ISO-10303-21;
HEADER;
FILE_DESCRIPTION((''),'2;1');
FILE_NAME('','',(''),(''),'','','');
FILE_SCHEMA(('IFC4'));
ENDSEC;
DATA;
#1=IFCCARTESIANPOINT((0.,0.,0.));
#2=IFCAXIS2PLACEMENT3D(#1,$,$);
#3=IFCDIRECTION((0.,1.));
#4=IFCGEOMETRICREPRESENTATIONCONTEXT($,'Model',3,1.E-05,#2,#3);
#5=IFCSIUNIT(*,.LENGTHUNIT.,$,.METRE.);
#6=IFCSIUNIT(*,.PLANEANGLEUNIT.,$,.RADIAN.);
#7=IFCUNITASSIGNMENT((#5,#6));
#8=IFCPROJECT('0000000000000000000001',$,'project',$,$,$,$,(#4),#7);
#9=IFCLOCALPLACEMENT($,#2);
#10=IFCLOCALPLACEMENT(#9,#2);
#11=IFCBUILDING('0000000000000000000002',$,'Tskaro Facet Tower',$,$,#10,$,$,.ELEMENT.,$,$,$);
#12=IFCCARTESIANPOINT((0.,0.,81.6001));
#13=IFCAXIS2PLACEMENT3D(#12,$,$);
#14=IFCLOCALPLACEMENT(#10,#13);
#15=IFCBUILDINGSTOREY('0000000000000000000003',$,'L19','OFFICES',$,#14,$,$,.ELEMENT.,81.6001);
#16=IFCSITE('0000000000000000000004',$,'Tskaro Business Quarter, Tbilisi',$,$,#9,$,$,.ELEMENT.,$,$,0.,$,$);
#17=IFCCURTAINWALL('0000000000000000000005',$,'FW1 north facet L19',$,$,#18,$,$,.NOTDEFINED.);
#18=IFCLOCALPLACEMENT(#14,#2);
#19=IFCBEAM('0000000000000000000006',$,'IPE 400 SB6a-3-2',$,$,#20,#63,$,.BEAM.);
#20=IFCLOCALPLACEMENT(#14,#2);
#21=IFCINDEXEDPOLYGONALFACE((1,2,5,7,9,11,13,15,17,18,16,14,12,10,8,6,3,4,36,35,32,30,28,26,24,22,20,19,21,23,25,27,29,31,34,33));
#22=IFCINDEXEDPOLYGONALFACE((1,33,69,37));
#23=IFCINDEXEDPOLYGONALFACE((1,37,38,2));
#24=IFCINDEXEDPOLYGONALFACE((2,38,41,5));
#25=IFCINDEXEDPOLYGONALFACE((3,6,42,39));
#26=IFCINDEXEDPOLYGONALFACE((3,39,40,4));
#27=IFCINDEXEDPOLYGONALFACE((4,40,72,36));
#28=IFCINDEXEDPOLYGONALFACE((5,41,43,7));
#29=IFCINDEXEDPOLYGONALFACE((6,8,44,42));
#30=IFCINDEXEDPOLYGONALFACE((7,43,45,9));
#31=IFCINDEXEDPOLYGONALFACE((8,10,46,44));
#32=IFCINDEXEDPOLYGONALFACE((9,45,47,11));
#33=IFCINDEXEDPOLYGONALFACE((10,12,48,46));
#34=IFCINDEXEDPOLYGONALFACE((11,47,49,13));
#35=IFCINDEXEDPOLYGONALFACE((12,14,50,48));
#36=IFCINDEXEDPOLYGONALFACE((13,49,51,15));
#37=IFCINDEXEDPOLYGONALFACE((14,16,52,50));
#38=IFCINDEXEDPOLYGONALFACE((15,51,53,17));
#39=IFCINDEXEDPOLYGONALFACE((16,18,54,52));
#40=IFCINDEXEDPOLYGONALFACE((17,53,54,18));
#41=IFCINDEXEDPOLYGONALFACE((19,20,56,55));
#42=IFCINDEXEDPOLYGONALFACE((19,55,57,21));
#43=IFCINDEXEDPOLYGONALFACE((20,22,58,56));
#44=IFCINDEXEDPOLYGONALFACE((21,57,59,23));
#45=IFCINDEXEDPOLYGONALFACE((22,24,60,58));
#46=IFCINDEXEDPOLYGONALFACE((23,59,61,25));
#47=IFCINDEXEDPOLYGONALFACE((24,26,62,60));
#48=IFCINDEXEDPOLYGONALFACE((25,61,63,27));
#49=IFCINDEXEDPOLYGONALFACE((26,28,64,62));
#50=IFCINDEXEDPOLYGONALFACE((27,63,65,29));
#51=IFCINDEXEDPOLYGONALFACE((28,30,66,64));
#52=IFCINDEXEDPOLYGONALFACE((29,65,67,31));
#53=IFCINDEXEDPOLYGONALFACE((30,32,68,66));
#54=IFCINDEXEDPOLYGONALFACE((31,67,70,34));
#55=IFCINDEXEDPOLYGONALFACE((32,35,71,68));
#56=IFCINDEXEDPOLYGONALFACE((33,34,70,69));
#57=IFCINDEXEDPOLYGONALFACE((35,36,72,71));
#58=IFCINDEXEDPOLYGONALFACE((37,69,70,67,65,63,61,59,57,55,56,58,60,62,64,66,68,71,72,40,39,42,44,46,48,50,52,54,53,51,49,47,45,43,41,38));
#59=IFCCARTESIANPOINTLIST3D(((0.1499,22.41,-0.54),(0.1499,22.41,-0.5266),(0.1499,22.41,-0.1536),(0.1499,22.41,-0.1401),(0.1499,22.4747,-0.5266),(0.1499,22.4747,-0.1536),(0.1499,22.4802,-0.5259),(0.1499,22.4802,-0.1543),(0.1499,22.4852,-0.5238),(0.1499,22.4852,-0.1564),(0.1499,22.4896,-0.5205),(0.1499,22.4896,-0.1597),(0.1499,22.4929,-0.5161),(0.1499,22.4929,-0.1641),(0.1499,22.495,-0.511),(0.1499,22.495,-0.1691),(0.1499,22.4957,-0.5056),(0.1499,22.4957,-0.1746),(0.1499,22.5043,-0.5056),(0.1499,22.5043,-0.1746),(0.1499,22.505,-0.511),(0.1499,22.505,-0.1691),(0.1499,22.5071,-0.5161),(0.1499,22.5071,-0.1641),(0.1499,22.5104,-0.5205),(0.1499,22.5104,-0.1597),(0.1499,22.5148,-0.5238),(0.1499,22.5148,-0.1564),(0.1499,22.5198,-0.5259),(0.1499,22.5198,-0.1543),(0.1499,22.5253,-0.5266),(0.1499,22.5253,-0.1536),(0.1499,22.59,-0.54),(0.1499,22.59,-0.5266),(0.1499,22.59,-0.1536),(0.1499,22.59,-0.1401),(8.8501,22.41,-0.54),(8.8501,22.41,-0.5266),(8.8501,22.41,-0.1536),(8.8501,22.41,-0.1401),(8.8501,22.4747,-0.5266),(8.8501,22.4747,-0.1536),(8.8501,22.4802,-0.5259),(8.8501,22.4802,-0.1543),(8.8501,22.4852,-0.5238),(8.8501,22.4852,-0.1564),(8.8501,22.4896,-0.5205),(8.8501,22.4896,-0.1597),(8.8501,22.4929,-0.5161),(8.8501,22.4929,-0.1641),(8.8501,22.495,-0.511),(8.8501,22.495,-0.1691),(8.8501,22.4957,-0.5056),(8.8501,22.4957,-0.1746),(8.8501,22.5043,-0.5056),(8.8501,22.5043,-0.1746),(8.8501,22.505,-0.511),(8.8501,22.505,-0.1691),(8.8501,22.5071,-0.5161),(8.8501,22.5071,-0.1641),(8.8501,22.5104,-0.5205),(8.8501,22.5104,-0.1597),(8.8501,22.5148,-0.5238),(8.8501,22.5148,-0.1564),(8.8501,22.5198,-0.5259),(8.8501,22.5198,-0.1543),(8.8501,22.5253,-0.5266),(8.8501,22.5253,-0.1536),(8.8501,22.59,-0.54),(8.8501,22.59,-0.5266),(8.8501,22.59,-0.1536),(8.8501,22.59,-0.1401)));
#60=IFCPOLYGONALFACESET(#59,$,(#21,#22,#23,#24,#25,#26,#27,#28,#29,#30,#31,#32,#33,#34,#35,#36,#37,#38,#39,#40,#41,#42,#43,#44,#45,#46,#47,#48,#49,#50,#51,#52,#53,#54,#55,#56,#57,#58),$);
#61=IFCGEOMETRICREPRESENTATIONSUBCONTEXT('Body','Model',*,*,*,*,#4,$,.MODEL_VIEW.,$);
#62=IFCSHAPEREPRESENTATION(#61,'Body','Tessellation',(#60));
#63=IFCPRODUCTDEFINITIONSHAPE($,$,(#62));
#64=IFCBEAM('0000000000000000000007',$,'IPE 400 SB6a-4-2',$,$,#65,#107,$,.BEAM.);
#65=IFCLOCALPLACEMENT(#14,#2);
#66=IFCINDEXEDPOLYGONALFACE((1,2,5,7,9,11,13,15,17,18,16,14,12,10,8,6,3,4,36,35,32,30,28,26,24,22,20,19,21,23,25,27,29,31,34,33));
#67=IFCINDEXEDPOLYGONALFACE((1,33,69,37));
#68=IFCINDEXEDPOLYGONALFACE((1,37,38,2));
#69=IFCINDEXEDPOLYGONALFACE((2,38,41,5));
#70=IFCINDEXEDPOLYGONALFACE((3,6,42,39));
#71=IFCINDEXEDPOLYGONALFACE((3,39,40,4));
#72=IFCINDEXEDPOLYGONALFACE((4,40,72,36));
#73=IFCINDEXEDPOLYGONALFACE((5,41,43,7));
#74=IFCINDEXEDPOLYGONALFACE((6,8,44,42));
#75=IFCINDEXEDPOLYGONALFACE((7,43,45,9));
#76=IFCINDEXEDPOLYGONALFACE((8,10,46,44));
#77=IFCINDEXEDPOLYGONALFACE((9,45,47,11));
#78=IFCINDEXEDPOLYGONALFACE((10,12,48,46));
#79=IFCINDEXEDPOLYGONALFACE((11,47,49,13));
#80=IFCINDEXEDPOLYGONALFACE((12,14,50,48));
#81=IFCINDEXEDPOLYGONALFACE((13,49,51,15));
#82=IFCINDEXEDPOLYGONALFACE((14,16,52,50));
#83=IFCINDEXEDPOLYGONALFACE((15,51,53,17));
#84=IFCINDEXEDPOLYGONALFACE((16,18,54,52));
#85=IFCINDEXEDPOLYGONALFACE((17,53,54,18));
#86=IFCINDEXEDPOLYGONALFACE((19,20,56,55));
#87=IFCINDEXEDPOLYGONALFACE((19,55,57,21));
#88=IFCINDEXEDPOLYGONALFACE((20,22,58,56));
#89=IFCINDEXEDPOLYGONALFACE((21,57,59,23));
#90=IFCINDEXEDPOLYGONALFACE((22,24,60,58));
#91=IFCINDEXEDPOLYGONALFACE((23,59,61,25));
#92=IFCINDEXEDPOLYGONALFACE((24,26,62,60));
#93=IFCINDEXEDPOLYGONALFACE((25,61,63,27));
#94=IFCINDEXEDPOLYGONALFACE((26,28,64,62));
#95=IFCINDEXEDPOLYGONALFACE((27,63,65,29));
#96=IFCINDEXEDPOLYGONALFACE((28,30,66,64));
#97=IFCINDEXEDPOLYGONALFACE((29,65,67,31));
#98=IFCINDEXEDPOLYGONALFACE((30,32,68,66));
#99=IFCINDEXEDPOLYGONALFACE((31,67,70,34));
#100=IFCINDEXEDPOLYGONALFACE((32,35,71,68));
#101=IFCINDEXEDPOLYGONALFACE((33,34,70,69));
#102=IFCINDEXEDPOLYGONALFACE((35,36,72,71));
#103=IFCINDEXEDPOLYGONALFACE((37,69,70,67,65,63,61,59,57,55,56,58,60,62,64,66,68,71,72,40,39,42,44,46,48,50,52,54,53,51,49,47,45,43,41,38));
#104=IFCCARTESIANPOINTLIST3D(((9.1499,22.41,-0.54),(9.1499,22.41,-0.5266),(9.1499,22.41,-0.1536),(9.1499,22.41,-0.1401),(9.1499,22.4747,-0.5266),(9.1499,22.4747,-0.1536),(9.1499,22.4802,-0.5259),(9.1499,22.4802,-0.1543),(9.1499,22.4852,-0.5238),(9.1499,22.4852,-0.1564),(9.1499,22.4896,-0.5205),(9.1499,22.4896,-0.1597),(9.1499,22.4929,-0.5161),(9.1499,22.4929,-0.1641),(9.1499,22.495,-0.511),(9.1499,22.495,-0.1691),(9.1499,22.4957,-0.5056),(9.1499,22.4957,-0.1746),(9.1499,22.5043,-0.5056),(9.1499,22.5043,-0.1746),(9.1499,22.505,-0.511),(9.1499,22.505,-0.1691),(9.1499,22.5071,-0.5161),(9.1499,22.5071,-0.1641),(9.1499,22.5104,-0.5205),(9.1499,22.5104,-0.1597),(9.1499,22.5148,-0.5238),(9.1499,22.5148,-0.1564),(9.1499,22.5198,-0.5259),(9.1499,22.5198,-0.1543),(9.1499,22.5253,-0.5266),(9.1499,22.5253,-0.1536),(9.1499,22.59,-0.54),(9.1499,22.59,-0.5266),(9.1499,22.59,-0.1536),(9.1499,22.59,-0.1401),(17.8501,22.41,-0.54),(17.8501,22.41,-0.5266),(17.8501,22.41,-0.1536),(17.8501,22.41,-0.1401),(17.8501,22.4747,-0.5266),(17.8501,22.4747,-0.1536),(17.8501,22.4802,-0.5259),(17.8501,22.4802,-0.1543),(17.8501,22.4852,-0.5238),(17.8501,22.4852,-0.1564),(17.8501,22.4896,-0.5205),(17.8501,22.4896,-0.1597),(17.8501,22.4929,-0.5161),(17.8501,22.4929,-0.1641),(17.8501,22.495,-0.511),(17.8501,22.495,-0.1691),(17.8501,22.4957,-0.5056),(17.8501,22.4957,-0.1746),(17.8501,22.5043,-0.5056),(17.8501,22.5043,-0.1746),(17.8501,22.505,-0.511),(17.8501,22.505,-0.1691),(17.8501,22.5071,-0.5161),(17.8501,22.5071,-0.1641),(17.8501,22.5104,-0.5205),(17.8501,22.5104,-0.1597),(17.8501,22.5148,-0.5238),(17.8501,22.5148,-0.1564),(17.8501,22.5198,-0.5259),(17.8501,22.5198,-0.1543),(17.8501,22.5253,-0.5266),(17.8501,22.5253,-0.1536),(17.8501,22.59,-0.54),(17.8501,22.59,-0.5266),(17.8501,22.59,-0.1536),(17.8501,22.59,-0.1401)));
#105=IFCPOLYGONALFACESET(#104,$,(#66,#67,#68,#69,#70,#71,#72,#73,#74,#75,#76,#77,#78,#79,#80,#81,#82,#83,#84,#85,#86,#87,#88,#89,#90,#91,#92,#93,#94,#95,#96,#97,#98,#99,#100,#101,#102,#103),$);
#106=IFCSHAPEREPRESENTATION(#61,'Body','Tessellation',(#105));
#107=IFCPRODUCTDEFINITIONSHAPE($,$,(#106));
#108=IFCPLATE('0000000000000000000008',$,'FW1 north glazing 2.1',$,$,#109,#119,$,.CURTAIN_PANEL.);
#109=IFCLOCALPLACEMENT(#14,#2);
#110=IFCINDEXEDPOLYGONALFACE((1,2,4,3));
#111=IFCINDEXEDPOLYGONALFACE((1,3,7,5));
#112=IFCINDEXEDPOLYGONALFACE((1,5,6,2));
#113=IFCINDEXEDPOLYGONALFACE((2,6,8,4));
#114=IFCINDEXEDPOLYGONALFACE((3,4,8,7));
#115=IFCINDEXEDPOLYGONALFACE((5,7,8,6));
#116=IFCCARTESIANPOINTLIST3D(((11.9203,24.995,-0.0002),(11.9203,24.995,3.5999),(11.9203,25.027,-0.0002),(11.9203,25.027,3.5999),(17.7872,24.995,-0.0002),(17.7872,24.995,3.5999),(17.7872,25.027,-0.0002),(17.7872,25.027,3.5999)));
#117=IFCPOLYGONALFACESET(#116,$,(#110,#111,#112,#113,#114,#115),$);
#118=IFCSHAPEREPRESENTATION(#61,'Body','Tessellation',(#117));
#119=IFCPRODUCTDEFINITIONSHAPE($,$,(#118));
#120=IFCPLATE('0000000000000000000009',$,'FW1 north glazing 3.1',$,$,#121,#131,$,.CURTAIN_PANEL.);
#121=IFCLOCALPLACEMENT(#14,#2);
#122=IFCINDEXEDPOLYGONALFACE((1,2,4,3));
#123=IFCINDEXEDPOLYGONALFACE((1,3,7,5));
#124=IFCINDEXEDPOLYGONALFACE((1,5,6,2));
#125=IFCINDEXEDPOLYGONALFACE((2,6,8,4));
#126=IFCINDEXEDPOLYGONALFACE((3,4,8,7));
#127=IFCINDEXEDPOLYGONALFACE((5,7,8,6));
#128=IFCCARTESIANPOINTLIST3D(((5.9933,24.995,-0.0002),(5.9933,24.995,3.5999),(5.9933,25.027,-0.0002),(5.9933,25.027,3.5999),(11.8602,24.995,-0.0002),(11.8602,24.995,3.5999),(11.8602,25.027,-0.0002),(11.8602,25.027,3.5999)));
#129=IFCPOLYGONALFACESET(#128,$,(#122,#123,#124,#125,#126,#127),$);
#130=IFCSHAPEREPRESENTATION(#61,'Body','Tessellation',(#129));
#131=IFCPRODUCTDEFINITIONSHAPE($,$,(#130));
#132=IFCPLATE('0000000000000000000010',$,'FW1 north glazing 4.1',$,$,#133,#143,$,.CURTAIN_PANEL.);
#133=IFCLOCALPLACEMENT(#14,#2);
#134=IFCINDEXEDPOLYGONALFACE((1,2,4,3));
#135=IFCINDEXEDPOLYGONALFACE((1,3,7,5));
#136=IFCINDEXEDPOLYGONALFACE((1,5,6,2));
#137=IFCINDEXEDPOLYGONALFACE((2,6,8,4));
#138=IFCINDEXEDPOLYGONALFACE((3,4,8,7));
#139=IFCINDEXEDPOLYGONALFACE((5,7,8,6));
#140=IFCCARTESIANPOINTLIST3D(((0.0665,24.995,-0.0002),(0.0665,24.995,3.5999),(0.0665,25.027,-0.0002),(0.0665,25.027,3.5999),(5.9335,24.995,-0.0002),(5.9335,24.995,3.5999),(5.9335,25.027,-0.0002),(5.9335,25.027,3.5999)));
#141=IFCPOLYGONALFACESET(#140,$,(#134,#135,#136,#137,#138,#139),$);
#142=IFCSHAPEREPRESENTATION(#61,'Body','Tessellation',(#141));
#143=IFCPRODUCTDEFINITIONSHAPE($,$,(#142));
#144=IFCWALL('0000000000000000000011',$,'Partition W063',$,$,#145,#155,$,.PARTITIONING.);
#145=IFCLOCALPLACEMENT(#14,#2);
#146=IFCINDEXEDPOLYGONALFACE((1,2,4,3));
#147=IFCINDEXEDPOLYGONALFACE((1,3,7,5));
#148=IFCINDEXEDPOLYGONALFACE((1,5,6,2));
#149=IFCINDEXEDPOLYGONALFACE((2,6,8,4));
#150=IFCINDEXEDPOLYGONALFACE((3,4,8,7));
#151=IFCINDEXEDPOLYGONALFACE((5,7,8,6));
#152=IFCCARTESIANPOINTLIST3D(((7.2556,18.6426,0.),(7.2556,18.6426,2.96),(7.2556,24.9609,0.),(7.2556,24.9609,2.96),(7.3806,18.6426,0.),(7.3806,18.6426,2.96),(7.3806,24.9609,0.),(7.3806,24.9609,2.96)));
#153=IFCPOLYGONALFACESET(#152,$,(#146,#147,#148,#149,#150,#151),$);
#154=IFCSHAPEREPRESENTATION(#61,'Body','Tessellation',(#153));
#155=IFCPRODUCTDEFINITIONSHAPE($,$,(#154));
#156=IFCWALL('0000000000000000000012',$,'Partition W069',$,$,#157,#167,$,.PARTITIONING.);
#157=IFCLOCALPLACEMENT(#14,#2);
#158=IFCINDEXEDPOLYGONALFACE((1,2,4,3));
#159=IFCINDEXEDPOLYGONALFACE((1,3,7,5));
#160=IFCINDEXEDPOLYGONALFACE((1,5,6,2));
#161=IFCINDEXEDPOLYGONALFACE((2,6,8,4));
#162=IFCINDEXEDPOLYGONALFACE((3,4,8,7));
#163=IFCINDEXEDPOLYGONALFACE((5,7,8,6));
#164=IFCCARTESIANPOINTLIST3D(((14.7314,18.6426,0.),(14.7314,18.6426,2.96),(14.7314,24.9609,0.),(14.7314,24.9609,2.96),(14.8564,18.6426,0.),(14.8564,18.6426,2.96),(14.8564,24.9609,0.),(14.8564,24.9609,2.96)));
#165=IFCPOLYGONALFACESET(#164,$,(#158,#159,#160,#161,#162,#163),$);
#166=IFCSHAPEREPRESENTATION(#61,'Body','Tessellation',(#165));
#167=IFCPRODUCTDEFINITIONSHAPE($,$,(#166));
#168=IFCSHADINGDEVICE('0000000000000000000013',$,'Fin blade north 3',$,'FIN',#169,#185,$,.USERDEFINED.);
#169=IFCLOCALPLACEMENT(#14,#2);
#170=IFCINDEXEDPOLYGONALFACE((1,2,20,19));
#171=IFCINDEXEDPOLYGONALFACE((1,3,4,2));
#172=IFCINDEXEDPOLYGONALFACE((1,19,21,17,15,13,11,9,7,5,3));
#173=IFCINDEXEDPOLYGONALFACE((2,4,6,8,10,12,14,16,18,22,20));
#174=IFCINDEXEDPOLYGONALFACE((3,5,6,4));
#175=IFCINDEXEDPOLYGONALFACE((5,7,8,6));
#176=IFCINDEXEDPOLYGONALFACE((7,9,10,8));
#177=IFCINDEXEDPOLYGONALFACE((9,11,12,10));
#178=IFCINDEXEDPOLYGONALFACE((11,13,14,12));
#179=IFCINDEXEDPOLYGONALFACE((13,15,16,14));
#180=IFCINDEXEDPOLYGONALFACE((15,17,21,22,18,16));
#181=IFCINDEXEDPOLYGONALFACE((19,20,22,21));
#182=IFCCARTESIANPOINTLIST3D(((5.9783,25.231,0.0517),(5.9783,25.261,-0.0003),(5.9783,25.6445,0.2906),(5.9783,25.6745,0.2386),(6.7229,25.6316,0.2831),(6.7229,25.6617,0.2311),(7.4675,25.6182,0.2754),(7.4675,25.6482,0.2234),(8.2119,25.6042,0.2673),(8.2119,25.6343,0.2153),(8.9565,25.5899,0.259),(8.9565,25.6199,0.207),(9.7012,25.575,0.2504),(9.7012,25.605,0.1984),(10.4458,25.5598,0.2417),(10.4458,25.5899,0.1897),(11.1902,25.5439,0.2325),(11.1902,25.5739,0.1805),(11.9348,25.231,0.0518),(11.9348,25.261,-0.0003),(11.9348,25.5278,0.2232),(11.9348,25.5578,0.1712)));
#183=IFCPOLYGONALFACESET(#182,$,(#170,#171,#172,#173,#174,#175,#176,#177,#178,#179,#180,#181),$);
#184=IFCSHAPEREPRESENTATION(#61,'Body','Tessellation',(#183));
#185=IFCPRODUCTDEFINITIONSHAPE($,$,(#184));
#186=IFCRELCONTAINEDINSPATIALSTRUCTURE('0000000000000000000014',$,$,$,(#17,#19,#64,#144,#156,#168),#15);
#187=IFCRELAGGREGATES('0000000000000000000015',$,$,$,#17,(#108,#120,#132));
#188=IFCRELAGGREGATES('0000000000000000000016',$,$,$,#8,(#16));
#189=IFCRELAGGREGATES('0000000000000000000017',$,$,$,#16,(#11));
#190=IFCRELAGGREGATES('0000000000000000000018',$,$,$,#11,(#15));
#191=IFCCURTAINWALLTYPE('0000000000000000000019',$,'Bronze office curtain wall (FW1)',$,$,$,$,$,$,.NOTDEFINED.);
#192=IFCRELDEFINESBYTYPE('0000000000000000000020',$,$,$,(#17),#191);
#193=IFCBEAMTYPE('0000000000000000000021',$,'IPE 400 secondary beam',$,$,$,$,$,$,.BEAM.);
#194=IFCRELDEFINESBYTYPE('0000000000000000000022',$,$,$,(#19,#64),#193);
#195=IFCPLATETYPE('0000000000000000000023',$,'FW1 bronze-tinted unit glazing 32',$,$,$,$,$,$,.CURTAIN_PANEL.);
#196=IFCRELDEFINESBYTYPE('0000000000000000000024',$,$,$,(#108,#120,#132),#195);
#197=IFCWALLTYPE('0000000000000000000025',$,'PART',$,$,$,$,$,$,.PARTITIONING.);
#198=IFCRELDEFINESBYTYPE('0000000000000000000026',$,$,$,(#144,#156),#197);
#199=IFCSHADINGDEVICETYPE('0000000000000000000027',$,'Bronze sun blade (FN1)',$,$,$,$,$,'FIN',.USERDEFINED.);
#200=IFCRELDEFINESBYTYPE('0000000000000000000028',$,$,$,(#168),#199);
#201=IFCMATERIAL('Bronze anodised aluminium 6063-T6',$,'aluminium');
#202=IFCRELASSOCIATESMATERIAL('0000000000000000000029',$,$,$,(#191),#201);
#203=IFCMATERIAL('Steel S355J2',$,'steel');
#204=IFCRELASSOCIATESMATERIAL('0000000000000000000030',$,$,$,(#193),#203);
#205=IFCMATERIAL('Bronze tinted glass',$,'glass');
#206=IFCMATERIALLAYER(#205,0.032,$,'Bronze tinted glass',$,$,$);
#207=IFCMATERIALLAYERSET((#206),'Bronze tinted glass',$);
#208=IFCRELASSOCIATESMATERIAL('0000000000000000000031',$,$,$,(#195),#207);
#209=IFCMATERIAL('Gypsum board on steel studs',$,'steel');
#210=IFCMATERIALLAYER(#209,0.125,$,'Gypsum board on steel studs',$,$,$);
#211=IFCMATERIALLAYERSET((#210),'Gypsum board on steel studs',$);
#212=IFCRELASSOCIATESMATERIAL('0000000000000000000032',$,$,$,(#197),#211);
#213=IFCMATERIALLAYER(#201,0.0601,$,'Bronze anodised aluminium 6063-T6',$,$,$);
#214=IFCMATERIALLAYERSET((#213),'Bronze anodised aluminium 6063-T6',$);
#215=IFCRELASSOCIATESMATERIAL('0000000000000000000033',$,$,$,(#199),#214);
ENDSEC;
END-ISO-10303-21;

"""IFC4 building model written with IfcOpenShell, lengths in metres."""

from ifc_helpers import new_model, si_unit, direction, frame, frame_2d, origin, origin_2d, place, context, subcontext, project, spatial, polyline, rectangle, i_section, outline, extrude, material, layer, layer_set, material_profile, profile_set, type_object, element, aggregate, save


model = new_model("IFC4")

# Units and contexts
model_context = context("Model", 3, precision=1e-05, world=origin(), true_north=direction((0.0, 1.0)))
body_context = subcontext(model_context, "Body", "Model", "MODEL_VIEW")
ifc_project = project(units=[si_unit("LENGTHUNIT", "METRE"), si_unit("PLANEANGLEUNIT", "RADIAN")], contexts=[model_context])

# Site, building, storey
site_placement = place(None, origin())
site = spatial("IfcSite", under=ifc_project, at=site_placement, Name="Tskaro Business Quarter, Tbilisi", CompositionType="ELEMENT", RefElevation=0.0)
building_placement = place(site_placement, origin())
building = spatial("IfcBuilding", under=site, at=building_placement, Name="Tskaro Facet Tower", CompositionType="ELEMENT")
storey_placement = place(building_placement, frame((0.0, 0.0, 81.6001)))
storey = spatial("IfcBuildingStorey", under=building, at=storey_placement, Name="L19", Description="OFFICES", CompositionType="ELEMENT", Elevation=81.6001)

# Curtain wall
ifc_material_1 = material(Name="Bronze anodised aluminium 6063-T6", Category="aluminium")
curtain_wall_type = type_object("IfcCurtainWallType", Name="Bronze office curtain wall (FW1)", PredefinedType="NOTDEFINED", material=ifc_material_1)
curtain_wall_placement = place(storey_placement, origin())
curtain_wall = element("IfcCurtainWall", 1, at=curtain_wall_placement, inside=storey, type_object=curtain_wall_type, Name="FW1 north facet L19", PredefinedType="NOTDEFINED")

# Beams
ifc_material_2 = material(Name="Steel S355J2", Category="steel")
ifc_material_profile_1 = material_profile(ifc_material_2, i_section(OverallWidth=0.1799, OverallDepth=0.3999, WebThickness=0.0085, FlangeThickness=0.0134, FilletRadius=0.021, at=origin_2d()), Name="IPE 400")
ifc_profile_set_1 = profile_set([ifc_material_profile_1], Name="Steel S355J2")
beam_type_1 = type_object("IfcBeamType", Name="IPE 400 secondary beam", PredefinedType="BEAM", material=ifc_profile_set_1)
for number, where, z_axis, x_axis, name in (
    (2, (0.1499, 22.5, -0.3401), (1.0, 0.0, 0.0), (0.0, 1.0, 0.0), "IPE 400 SB6a-3-2"),
    (3, (9.1499, 22.5, -0.3401), (1.0, 0.0, 0.0), (0.0, 1.0, 0.0), "IPE 400 SB6a-4-2"),
):
    element("IfcBeam", number, at=place(storey_placement, frame(where, z_axis=z_axis, x_axis=x_axis)), inside=storey, type_object=beam_type_1, Name=name, PredefinedType="BEAM", context=body_context, shape_type="SweptSolid", body=[
        extrude(i_section(OverallWidth=0.1799, OverallDepth=0.3999, WebThickness=0.0085, FlangeThickness=0.0134, FilletRadius=0.021, at=origin_2d()), origin(), (0.0, 0.0, 1.0), 8.7002),
    ])

# Plates
ifc_material_3 = material(Name="Bronze tinted glass", Category="glass")
ifc_layer_1 = layer(ifc_material_3, 0.032, Name="Bronze tinted glass")
ifc_layer_set_1 = layer_set([ifc_layer_1], Name="Bronze tinted glass")
plate_type = type_object("IfcPlateType", Name="FW1 bronze-tinted unit glazing 32", PredefinedType="CURTAIN_PANEL", material=ifc_layer_set_1)
plate_1_placement = place(storey_placement, frame((14.8538, 25.011, -0.0002), z_axis=(0.0, 0.0, 1.0), x_axis=(-1.0, 0.0, 0.0)))
plate_1 = element("IfcPlate", 4, at=plate_1_placement, type_object=plate_type, Name="FW1 north glazing 2.1", PredefinedType="CURTAIN_PANEL", context=body_context, shape_type="SweptSolid", body=[
    extrude(rectangle(XDim=5.8669, YDim=0.032, at=origin_2d()), origin(), (0.0, 0.0, 1.0), 3.6001),
])
plate_2_placement = place(storey_placement, frame((8.9268, 25.011, -0.0002), z_axis=(0.0, 0.0, 1.0), x_axis=(-1.0, 0.0, 0.0)))
plate_2 = element("IfcPlate", 5, at=plate_2_placement, type_object=plate_type, Name="FW1 north glazing 3.1", PredefinedType="CURTAIN_PANEL", context=body_context, shape_type="SweptSolid", body=[
    extrude(rectangle(XDim=5.8669, YDim=0.032, at=origin_2d()), origin(), (0.0, 0.0, 1.0), 3.6001),
])
plate_3_placement = place(storey_placement, frame((3.0, 25.011, -0.0002), z_axis=(0.0, 0.0, 1.0), x_axis=(-1.0, 0.0, 0.0)))
plate_3 = element("IfcPlate", 6, at=plate_3_placement, type_object=plate_type, Name="FW1 north glazing 4.1", PredefinedType="CURTAIN_PANEL", context=body_context, shape_type="SweptSolid", body=[
    extrude(rectangle(XDim=5.8669, YDim=0.032, at=origin_2d()), origin(), (0.0, 0.0, 1.0), 3.6001),
])
aggregate(curtain_wall, [plate_1, plate_2, plate_3])

# Walls
ifc_material_4 = material(Name="Gypsum board on steel studs", Category="steel")
ifc_layer_2 = layer(ifc_material_4, 0.125, Name="Gypsum board on steel studs")
ifc_layer_set_2 = layer_set([ifc_layer_2], Name="Gypsum board on steel studs")
wall_type = type_object("IfcWallType", Name="PART", PredefinedType="PARTITIONING", material=ifc_layer_set_2)
for number, where, z_axis, x_axis, name in (
    (7, (7.3181, 18.6426, 0.0), (0.0, 0.0, 1.0), (0.0, 1.0, 0.0), "Partition W063"),
    (8, (14.7939, 18.6426, 0.0), (0.0, 0.0, 1.0), (0.0, 1.0, 0.0), "Partition W069"),
):
    element("IfcWall", number, at=place(storey_placement, frame(where, z_axis=z_axis, x_axis=x_axis)), inside=storey, type_object=wall_type, Name=name, PredefinedType="PARTITIONING", context=body_context, shape_type="SweptSolid", body=[
        extrude(rectangle(XDim=6.3184, YDim=0.125, at=frame_2d((3.1592, 0.0))), origin(), (0.0, 0.0, 1.0), 2.96),
    ])

# Shading device
ifc_layer_3 = layer(ifc_material_1, 0.0601, Name="Bronze anodised aluminium 6063-T6")
ifc_layer_set_3 = layer_set([ifc_layer_3], Name="Bronze anodised aluminium 6063-T6")
shading_device_type = type_object("IfcShadingDeviceType", Name="Bronze sun blade (FN1)", ElementType="FIN", PredefinedType="USERDEFINED", material=ifc_layer_set_3)
shading_device_1_placement = place(storey_placement, frame((11.9348, 25.231, 0.0518), z_axis=(-0.000003, -0.500113, 0.86596), x_axis=(-1.0, 0.000001, -0.000002)))
element("IfcShadingDevice", 9, at=shading_device_1_placement, inside=storey, type_object=shading_device_type, Name="Fin blade north 3", ObjectType="FIN", PredefinedType="USERDEFINED", context=body_context, shape_type="SweptSolid", body=[
    extrude(outline(polyline([(0.0, 0.0), (5.9565, 0.0), (5.9565, -0.4776), (5.2119, -0.4627), (4.4673, -0.4471), (3.7229, -0.4311), (2.9783, -0.4144), (2.2336, -0.3973), (1.489, -0.3798), (0.7446, -0.3614), (0.0, -0.3428), (0.0, 0.0)])), origin(), (0.0, 0.0, -1.0), 0.0601),
])

save(model, "model.ifc")
